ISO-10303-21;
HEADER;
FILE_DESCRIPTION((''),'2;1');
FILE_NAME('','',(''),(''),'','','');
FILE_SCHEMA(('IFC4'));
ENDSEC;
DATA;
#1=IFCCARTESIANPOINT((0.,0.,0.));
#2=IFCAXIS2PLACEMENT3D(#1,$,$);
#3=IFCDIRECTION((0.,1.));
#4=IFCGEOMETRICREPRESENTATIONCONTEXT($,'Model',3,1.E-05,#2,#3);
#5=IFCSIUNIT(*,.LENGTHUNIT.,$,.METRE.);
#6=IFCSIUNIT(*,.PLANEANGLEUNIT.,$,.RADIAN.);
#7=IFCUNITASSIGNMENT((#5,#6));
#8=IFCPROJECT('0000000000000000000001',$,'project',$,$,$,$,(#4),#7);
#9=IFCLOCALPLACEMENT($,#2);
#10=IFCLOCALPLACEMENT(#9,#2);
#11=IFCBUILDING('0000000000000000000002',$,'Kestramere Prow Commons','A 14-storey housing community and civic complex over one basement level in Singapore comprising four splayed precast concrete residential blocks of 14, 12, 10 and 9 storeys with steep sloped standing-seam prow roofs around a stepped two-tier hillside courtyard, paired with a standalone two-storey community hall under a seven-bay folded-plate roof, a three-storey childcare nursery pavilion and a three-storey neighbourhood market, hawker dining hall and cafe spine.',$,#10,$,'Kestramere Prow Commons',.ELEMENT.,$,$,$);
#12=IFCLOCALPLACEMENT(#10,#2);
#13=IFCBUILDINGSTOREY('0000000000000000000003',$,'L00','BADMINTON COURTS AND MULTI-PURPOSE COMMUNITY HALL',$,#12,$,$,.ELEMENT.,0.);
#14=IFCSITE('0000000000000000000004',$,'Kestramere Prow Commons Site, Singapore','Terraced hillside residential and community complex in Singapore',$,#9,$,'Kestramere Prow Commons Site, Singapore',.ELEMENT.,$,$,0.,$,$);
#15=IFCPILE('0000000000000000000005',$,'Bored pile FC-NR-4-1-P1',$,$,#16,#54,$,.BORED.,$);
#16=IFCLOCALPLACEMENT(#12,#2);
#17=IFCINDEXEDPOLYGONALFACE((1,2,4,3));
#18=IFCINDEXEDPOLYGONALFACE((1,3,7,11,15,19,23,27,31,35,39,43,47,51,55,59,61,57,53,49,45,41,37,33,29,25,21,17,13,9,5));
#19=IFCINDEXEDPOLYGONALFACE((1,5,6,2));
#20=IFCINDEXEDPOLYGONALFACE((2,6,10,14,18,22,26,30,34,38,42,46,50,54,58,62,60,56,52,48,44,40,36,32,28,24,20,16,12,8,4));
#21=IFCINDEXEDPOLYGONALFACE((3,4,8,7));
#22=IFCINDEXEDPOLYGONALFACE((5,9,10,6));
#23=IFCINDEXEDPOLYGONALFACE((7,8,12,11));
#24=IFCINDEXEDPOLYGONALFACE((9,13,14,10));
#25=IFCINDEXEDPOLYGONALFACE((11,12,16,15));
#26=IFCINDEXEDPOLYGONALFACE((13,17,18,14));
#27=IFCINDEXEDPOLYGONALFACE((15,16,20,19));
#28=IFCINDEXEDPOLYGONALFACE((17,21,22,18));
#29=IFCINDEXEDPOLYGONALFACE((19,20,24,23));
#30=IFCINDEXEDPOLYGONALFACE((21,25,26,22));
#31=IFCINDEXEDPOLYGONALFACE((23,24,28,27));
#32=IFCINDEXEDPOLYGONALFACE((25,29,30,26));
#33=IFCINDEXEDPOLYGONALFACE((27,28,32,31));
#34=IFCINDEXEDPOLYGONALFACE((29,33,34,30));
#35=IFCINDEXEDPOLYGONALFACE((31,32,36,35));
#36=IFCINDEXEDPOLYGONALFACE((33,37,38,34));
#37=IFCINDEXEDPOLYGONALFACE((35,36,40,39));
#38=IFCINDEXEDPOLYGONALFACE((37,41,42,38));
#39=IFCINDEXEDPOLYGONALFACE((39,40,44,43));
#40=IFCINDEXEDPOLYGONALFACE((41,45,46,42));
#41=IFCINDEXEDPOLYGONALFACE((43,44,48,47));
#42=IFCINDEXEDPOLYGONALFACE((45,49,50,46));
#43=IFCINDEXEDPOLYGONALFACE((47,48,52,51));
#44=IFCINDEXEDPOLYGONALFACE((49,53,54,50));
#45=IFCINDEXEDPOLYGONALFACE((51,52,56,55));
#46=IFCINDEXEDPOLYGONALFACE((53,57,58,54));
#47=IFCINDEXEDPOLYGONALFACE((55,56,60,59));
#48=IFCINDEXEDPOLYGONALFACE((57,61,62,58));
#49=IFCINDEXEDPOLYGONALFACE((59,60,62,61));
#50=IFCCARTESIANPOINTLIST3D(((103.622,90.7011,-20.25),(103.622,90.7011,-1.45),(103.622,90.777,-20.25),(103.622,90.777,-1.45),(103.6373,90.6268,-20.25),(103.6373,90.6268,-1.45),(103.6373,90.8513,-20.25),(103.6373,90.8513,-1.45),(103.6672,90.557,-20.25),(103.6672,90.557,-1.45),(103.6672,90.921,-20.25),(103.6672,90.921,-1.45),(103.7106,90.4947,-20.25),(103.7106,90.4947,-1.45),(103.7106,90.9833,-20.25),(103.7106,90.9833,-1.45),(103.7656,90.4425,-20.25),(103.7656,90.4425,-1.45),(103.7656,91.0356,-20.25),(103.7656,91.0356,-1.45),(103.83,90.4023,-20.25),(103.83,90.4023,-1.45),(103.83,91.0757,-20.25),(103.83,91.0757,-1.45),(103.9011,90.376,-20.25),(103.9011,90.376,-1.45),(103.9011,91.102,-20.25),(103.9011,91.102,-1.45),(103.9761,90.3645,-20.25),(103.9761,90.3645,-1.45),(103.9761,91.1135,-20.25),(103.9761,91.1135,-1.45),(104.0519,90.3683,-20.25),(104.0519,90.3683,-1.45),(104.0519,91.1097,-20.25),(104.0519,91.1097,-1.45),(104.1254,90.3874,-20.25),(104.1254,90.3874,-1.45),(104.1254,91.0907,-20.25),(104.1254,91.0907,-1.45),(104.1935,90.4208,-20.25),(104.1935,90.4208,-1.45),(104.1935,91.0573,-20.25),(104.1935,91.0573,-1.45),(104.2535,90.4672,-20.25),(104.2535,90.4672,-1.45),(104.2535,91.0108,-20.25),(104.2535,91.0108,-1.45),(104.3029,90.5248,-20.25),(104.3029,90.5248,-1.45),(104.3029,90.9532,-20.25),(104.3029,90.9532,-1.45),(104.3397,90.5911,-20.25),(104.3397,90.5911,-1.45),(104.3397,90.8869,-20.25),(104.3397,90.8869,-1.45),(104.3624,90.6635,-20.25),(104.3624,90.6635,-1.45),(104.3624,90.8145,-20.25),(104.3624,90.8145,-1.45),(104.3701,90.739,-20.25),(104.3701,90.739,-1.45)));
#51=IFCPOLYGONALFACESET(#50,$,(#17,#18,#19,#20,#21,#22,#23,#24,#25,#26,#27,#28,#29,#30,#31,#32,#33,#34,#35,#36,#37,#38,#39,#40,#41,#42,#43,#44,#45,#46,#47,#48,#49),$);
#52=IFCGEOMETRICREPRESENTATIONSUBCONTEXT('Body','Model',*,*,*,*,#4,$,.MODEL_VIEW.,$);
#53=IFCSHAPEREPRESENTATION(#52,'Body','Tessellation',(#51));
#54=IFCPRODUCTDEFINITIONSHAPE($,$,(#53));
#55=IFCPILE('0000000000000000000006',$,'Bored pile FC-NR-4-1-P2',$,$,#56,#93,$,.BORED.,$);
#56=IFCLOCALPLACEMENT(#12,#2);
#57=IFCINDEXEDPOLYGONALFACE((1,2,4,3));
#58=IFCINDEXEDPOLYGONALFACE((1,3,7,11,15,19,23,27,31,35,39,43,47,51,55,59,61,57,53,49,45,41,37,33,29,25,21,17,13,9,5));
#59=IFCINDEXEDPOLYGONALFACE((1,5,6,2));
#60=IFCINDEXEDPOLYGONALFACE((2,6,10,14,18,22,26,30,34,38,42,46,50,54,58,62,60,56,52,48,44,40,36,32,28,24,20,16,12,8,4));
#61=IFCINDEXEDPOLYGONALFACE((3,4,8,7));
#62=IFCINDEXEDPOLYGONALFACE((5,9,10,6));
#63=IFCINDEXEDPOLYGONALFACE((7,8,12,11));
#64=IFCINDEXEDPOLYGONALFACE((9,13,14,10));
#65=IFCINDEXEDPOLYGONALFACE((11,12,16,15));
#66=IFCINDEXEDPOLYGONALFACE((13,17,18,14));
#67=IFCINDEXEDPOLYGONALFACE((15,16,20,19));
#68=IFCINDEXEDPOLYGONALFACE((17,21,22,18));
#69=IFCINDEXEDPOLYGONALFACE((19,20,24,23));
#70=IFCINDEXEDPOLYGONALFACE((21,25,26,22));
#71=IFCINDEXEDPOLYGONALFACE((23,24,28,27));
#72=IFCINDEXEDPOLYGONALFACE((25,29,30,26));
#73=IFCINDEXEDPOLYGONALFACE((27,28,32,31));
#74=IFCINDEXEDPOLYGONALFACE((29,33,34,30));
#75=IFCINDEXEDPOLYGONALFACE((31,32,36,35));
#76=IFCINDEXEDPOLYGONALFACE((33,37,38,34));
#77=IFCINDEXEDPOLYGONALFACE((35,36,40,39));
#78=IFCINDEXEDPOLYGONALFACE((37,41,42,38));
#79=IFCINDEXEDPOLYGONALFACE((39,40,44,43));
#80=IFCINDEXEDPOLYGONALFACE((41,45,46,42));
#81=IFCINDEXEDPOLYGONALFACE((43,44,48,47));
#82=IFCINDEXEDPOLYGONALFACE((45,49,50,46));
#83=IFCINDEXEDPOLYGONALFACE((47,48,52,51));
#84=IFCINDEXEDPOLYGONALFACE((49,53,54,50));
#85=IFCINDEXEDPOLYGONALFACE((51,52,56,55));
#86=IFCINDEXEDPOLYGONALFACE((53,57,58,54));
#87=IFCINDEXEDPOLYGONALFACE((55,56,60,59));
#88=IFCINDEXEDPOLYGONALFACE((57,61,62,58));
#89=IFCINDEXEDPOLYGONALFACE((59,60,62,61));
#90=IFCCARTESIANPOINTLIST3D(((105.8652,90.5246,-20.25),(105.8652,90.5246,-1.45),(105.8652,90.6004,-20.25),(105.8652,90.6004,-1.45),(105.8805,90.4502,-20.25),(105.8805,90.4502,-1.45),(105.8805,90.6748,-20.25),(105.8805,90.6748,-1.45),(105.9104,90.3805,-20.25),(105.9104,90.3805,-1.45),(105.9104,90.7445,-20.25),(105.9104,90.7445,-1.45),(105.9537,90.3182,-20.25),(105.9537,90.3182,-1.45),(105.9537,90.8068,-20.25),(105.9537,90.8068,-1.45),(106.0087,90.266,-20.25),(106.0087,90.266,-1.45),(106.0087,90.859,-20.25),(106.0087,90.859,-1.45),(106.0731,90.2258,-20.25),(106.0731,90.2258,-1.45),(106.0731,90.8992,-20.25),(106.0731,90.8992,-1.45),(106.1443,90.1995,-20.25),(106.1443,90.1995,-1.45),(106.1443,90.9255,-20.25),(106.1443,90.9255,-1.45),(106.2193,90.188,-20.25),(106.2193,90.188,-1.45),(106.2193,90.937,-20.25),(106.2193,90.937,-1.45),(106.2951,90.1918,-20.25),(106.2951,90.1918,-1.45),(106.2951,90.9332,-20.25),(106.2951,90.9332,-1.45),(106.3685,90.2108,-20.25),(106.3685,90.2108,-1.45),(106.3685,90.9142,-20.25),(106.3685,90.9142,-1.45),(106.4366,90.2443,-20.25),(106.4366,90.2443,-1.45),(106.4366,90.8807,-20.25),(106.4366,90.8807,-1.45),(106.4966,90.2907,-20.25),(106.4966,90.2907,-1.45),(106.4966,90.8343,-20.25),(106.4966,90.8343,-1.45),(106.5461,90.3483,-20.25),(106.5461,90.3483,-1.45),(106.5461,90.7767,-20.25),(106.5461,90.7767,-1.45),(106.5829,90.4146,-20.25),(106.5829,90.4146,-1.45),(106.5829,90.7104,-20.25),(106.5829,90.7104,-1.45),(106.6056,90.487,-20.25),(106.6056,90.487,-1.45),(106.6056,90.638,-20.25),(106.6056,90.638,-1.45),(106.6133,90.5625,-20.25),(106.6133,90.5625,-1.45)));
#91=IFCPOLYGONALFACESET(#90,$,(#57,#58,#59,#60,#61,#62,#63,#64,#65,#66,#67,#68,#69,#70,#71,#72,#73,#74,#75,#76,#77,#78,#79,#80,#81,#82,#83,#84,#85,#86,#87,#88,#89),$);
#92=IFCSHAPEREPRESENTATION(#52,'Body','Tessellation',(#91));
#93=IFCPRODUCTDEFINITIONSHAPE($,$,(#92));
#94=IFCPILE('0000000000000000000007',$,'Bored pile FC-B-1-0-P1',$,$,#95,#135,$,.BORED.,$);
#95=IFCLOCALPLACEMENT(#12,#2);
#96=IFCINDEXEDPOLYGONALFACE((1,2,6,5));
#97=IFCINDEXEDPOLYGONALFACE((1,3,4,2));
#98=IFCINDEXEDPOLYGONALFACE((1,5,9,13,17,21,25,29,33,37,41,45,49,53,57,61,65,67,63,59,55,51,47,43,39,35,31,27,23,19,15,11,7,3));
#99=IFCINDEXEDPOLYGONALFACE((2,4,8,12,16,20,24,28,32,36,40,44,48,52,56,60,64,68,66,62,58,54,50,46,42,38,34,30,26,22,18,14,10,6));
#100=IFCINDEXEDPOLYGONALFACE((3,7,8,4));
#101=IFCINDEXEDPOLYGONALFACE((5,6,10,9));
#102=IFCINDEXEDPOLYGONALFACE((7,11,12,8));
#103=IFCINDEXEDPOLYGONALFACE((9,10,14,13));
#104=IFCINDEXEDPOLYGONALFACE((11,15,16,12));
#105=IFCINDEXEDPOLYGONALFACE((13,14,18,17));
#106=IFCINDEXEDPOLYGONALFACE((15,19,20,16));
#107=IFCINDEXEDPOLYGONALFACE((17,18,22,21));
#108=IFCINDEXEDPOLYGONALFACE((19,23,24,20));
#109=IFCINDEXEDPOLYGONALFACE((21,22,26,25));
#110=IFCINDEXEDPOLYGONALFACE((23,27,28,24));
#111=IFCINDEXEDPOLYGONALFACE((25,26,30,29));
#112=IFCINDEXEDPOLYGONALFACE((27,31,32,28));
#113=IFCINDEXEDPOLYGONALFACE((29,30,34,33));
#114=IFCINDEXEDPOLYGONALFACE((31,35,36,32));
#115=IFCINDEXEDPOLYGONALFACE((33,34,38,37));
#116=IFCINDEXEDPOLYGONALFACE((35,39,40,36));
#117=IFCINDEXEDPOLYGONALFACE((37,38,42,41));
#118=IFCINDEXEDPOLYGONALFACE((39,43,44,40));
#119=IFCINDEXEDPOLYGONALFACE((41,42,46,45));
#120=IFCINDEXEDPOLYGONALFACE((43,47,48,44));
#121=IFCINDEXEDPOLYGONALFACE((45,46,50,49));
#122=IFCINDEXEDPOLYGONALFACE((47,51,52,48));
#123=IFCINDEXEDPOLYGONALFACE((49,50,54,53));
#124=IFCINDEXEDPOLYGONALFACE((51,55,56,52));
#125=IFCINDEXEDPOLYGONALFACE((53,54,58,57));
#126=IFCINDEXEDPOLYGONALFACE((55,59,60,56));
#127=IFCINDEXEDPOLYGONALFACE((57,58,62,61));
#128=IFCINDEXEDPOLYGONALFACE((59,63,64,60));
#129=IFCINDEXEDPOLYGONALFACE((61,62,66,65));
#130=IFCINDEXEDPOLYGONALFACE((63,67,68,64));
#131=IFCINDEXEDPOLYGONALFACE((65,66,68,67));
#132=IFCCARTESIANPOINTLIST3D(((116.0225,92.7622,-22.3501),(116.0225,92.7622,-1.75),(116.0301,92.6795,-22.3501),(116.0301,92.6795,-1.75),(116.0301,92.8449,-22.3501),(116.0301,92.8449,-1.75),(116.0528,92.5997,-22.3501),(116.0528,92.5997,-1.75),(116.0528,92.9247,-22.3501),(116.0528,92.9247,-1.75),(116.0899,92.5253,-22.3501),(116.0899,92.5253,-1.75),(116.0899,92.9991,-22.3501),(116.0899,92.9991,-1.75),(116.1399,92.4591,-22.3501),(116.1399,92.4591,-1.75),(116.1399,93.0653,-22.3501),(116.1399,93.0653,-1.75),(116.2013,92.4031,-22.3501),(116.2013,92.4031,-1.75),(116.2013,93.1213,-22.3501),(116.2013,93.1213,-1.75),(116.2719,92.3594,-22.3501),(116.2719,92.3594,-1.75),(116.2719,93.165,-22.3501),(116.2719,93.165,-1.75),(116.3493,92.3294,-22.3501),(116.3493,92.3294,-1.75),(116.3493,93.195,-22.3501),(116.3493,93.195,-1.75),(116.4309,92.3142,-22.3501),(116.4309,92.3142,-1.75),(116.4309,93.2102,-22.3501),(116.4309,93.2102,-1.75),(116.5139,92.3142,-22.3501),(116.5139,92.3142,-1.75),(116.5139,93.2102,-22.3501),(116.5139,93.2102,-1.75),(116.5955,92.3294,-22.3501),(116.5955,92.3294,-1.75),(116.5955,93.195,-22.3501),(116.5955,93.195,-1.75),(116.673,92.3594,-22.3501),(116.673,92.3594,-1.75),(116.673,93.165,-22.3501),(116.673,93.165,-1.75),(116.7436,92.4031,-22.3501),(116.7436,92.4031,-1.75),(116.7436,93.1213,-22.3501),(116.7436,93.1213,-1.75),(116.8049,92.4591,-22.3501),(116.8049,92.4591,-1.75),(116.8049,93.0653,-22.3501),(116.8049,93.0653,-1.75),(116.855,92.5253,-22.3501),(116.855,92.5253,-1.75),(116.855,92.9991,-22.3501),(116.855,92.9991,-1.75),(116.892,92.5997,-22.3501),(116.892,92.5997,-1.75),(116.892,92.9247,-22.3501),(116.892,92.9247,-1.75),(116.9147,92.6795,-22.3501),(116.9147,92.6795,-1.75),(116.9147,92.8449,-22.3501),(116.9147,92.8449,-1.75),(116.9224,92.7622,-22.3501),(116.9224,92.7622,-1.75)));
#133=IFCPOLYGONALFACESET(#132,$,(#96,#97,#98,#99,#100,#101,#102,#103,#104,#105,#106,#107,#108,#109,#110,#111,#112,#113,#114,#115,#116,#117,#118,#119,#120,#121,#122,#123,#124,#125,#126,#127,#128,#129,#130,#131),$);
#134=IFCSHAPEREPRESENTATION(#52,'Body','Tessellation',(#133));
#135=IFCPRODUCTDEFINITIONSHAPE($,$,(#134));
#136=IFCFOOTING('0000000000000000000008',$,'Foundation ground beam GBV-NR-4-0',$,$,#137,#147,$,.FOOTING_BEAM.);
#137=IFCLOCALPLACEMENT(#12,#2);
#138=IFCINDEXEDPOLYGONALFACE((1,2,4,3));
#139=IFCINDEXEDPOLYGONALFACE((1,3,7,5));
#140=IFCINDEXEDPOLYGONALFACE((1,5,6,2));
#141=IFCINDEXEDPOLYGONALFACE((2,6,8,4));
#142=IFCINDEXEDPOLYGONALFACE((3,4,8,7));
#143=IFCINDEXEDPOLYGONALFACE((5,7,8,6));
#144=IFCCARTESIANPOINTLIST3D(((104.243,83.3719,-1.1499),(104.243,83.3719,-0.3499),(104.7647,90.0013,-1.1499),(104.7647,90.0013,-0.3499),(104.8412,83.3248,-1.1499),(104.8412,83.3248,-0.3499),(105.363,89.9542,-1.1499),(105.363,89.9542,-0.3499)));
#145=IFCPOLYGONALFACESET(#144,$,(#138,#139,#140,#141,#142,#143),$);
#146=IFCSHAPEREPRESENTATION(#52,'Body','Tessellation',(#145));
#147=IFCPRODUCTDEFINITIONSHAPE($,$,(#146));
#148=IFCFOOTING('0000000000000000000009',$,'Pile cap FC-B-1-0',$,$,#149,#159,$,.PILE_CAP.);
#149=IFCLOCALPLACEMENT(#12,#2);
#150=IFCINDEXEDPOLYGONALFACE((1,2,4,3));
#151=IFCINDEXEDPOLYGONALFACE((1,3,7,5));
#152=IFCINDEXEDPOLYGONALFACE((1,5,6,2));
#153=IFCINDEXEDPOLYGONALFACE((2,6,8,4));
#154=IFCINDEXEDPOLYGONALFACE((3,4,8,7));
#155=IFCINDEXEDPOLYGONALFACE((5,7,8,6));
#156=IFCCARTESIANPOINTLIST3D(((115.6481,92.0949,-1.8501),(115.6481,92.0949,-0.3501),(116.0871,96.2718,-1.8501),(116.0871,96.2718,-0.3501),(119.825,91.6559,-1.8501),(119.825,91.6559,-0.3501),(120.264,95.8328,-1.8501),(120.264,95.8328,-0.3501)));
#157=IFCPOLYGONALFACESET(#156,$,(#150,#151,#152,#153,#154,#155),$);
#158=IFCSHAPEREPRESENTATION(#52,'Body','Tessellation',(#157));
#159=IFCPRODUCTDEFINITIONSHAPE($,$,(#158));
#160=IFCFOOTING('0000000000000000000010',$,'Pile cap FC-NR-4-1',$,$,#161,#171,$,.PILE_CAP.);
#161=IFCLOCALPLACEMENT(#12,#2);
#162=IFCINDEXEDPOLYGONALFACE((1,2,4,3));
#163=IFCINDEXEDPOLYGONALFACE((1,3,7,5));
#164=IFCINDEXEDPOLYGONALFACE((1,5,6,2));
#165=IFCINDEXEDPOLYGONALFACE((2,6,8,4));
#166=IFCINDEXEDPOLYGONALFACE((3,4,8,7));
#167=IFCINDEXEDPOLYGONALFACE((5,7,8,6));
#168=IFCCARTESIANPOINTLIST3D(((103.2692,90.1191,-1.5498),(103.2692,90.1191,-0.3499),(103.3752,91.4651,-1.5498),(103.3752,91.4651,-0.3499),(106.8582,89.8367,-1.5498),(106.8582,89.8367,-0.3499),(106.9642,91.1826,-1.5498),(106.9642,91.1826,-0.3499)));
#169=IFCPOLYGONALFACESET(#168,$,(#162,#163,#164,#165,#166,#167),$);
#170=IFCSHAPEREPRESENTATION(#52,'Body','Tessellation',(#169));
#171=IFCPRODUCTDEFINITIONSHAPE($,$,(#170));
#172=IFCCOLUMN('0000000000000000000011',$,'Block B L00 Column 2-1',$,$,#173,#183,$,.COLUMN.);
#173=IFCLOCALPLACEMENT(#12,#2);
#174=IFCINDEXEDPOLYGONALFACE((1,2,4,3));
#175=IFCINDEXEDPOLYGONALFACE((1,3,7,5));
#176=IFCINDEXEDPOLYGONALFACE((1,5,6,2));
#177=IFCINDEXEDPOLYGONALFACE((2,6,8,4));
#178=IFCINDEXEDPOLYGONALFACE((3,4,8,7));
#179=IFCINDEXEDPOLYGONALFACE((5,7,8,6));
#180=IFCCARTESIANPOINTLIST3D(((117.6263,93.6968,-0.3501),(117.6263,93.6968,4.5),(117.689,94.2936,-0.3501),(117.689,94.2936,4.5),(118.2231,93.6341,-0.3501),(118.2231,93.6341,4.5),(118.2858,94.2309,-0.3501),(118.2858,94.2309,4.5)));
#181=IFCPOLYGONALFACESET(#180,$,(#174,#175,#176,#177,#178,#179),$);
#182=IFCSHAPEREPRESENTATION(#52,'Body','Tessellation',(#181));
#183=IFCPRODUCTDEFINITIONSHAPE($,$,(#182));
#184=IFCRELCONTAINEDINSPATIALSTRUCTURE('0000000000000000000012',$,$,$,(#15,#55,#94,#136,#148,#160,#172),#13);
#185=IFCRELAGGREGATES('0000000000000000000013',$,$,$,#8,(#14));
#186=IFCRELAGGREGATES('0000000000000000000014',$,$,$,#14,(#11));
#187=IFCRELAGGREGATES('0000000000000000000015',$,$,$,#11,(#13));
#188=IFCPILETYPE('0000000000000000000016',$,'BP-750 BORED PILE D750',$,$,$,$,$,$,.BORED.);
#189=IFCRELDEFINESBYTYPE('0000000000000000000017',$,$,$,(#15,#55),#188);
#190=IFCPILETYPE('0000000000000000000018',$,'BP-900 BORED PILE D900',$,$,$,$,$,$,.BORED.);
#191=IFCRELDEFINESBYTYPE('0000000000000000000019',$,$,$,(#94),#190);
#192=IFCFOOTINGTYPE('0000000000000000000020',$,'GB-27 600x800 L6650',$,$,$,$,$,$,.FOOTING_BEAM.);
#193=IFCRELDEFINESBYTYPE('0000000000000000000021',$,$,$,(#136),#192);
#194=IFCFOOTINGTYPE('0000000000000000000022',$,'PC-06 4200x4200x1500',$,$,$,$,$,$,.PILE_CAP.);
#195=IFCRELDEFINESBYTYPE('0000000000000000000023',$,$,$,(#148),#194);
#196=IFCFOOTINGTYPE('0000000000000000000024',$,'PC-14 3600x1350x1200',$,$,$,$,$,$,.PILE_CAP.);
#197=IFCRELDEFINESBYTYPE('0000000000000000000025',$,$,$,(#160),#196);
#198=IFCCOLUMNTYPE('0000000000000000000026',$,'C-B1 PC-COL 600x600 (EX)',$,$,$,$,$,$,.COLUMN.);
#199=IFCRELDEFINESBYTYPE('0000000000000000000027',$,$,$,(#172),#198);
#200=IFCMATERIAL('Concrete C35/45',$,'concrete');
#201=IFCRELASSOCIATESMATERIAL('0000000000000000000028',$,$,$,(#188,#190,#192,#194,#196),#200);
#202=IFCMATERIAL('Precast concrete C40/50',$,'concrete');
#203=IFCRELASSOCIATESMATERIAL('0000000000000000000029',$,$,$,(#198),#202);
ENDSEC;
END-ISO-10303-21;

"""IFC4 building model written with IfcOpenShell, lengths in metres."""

from ifc_helpers import new_model, si_unit, direction, frame, origin, origin_2d, place, context, subcontext, project, spatial, rectangle, circle, extrude, material, material_profile, profile_set, type_object, element, save


model = new_model("IFC4")

# Units and contexts
model_context = context("Model", 3, precision=1e-05, world=origin(), true_north=direction((0.0, 1.0)))
body_context = subcontext(model_context, "Body", "Model", "MODEL_VIEW")
ifc_project = project(units=[si_unit("LENGTHUNIT", "METRE"), si_unit("PLANEANGLEUNIT", "RADIAN")], contexts=[model_context])

# Site, building, storey
site_placement = place(None, origin())
site = spatial("IfcSite", under=ifc_project, at=site_placement, Name="Kestramere Prow Commons Site, Singapore", Description="Terraced hillside residential and community complex in Singapore", LongName="Kestramere Prow Commons Site, Singapore", CompositionType="ELEMENT", RefElevation=0.0)
building_placement = place(site_placement, origin())
building = spatial("IfcBuilding", under=site, at=building_placement, Name="Kestramere Prow Commons", Description="A 14-storey housing community and civic complex over one basement level in Singapore comprising four splayed precast concrete residential blocks of 14, 12, 10 and 9 storeys with steep sloped standing-seam prow roofs around a stepped two-tier hillside courtyard, paired with a standalone two-storey community hall under a seven-bay folded-plate roof, a three-storey childcare nursery pavilion and a three-storey neighbourhood market, hawker dining hall and cafe spine.", LongName="Kestramere Prow Commons", CompositionType="ELEMENT")
storey_placement = place(building_placement, origin())
storey = spatial("IfcBuildingStorey", under=building, at=storey_placement, Name="L00", Description="BADMINTON COURTS AND MULTI-PURPOSE COMMUNITY HALL", CompositionType="ELEMENT", Elevation=0.0)

# Piles
ifc_material_1 = material(Name="Concrete C35/45", Category="concrete")
ifc_material_profile_1 = material_profile(ifc_material_1, circle(Radius=0.375, at=origin_2d()), Name="BORED PILE D750")
ifc_profile_set_1 = profile_set([ifc_material_profile_1], Name="Concrete C35/45")
pile_type_1 = type_object("IfcPileType", Name="BP-750 BORED PILE D750", PredefinedType="BORED", material=ifc_profile_set_1)
for number, where, z_axis, x_axis, name in (
    (1, (103.9951, 90.739, -1.45), (0.0, 0.0, -1.0), (1.0, 0.0, 0.0), "Bored pile FC-NR-4-1-P1"),
    (2, (106.2383, 90.5625, -1.45), (0.0, 0.0, -1.0), (1.0, 0.0, 0.0), "Bored pile FC-NR-4-1-P2"),
):
    element("IfcPile", number, at=place(storey_placement, frame(where, z_axis=z_axis, x_axis=x_axis)), inside=storey, type_object=pile_type_1, Name=name, PredefinedType="BORED", context=body_context, shape_type="SweptSolid", body=[
        extrude(circle(Radius=0.375, at=origin_2d()), origin(), (0.0, 0.0, 1.0), 18.8),
    ])
ifc_material_profile_2 = material_profile(ifc_material_1, circle(Radius=0.45, at=origin_2d()), Name="BORED PILE D900")
ifc_profile_set_2 = profile_set([ifc_material_profile_2], Name="Concrete C35/45")
pile_type_2 = type_object("IfcPileType", Name="BP-900 BORED PILE D900", PredefinedType="BORED", material=ifc_profile_set_2)
pile_placement = place(storey_placement, frame((116.4724, 92.7622, -1.75), z_axis=(0.0, 0.0, -1.0), x_axis=(1.0, 0.0, 0.0)))
element("IfcPile", 3, at=pile_placement, inside=storey, type_object=pile_type_2, Name="Bored pile FC-B-1-0-P1", PredefinedType="BORED", context=body_context, shape_type="SweptSolid", body=[
    extrude(circle(Radius=0.45, at=origin_2d()), origin(), (0.0, 0.0, 1.0), 20.6001),
])

# Footings
footing_type_1 = type_object("IfcFootingType", Name="GB-27 600x800 L6650", PredefinedType="FOOTING_BEAM", material=ifc_material_1)
footing_1_placement = place(storey_placement, frame((104.803, 86.6631, -1.1499), z_axis=(0.0, 0.0, 1.0), x_axis=(0.078459, 0.996917, 0.0)))
element("IfcFooting", 4, at=footing_1_placement, inside=storey, type_object=footing_type_1, Name="Foundation ground beam GBV-NR-4-0", PredefinedType="FOOTING_BEAM", context=body_context, shape_type="SweptSolid", body=[
    extrude(rectangle(XDim=6.6499, YDim=0.6001, at=origin_2d()), origin(), (0.0, 0.0, 1.0), 0.8),
])
footing_type_2 = type_object("IfcFootingType", Name="PC-06 4200x4200x1500", PredefinedType="PILE_CAP", material=ifc_material_1)
footing_2_placement = place(storey_placement, frame((117.9561, 93.9639, -1.8501), z_axis=(0.0, 0.0, 1.0), x_axis=(0.994522, -0.104528, 0.0)))
element("IfcFooting", 5, at=footing_2_placement, inside=storey, type_object=footing_type_2, Name="Pile cap FC-B-1-0", PredefinedType="PILE_CAP", context=body_context, shape_type="SweptSolid", body=[
    extrude(rectangle(XDim=4.2, YDim=4.2, at=origin_2d()), origin(), (0.0, 0.0, 1.0), 1.5),
])
footing_type_3 = type_object("IfcFootingType", Name="PC-14 3600x1350x1200", PredefinedType="PILE_CAP", material=ifc_material_1)
footing_3_placement = place(storey_placement, frame((105.1167, 90.6509, -1.5498), z_axis=(0.0, 0.0, 1.0), x_axis=(0.996917, -0.078459, 0.0)))
element("IfcFooting", 6, at=footing_3_placement, inside=storey, type_object=footing_type_3, Name="Pile cap FC-NR-4-1", PredefinedType="PILE_CAP", context=body_context, shape_type="SweptSolid", body=[
    extrude(rectangle(XDim=3.6001, YDim=1.3501, at=origin_2d()), origin(), (0.0, 0.0, 1.0), 1.2),
])

# Column
ifc_material_2 = material(Name="Precast concrete C40/50", Category="concrete")
ifc_material_profile_3 = material_profile(ifc_material_2, rectangle(XDim=0.6001, YDim=0.6001, at=origin_2d()), Name="PC-COL 600x600")
ifc_profile_set_3 = profile_set([ifc_material_profile_3], Name="Precast concrete C40/50")
column_type_1 = type_object("IfcColumnType", Name="C-B1 PC-COL 600x600 (EX)", PredefinedType="COLUMN", material=ifc_profile_set_3)
column_1_placement = place(storey_placement, frame((117.9561, 93.9639, -0.3501), z_axis=(0.0, 0.0, 1.0), x_axis=(0.994522, -0.104528, 0.0)))
element("IfcColumn", 7, at=column_1_placement, inside=storey, type_object=column_type_1, Name="Block B L00 Column 2-1", PredefinedType="COLUMN", context=body_context, shape_type="SweptSolid", body=[
    extrude(rectangle(XDim=0.6001, YDim=0.6001, at=origin_2d()), origin(), (0.0, 0.0, 1.0), 4.8501),
])

save(model, "model.ifc")
